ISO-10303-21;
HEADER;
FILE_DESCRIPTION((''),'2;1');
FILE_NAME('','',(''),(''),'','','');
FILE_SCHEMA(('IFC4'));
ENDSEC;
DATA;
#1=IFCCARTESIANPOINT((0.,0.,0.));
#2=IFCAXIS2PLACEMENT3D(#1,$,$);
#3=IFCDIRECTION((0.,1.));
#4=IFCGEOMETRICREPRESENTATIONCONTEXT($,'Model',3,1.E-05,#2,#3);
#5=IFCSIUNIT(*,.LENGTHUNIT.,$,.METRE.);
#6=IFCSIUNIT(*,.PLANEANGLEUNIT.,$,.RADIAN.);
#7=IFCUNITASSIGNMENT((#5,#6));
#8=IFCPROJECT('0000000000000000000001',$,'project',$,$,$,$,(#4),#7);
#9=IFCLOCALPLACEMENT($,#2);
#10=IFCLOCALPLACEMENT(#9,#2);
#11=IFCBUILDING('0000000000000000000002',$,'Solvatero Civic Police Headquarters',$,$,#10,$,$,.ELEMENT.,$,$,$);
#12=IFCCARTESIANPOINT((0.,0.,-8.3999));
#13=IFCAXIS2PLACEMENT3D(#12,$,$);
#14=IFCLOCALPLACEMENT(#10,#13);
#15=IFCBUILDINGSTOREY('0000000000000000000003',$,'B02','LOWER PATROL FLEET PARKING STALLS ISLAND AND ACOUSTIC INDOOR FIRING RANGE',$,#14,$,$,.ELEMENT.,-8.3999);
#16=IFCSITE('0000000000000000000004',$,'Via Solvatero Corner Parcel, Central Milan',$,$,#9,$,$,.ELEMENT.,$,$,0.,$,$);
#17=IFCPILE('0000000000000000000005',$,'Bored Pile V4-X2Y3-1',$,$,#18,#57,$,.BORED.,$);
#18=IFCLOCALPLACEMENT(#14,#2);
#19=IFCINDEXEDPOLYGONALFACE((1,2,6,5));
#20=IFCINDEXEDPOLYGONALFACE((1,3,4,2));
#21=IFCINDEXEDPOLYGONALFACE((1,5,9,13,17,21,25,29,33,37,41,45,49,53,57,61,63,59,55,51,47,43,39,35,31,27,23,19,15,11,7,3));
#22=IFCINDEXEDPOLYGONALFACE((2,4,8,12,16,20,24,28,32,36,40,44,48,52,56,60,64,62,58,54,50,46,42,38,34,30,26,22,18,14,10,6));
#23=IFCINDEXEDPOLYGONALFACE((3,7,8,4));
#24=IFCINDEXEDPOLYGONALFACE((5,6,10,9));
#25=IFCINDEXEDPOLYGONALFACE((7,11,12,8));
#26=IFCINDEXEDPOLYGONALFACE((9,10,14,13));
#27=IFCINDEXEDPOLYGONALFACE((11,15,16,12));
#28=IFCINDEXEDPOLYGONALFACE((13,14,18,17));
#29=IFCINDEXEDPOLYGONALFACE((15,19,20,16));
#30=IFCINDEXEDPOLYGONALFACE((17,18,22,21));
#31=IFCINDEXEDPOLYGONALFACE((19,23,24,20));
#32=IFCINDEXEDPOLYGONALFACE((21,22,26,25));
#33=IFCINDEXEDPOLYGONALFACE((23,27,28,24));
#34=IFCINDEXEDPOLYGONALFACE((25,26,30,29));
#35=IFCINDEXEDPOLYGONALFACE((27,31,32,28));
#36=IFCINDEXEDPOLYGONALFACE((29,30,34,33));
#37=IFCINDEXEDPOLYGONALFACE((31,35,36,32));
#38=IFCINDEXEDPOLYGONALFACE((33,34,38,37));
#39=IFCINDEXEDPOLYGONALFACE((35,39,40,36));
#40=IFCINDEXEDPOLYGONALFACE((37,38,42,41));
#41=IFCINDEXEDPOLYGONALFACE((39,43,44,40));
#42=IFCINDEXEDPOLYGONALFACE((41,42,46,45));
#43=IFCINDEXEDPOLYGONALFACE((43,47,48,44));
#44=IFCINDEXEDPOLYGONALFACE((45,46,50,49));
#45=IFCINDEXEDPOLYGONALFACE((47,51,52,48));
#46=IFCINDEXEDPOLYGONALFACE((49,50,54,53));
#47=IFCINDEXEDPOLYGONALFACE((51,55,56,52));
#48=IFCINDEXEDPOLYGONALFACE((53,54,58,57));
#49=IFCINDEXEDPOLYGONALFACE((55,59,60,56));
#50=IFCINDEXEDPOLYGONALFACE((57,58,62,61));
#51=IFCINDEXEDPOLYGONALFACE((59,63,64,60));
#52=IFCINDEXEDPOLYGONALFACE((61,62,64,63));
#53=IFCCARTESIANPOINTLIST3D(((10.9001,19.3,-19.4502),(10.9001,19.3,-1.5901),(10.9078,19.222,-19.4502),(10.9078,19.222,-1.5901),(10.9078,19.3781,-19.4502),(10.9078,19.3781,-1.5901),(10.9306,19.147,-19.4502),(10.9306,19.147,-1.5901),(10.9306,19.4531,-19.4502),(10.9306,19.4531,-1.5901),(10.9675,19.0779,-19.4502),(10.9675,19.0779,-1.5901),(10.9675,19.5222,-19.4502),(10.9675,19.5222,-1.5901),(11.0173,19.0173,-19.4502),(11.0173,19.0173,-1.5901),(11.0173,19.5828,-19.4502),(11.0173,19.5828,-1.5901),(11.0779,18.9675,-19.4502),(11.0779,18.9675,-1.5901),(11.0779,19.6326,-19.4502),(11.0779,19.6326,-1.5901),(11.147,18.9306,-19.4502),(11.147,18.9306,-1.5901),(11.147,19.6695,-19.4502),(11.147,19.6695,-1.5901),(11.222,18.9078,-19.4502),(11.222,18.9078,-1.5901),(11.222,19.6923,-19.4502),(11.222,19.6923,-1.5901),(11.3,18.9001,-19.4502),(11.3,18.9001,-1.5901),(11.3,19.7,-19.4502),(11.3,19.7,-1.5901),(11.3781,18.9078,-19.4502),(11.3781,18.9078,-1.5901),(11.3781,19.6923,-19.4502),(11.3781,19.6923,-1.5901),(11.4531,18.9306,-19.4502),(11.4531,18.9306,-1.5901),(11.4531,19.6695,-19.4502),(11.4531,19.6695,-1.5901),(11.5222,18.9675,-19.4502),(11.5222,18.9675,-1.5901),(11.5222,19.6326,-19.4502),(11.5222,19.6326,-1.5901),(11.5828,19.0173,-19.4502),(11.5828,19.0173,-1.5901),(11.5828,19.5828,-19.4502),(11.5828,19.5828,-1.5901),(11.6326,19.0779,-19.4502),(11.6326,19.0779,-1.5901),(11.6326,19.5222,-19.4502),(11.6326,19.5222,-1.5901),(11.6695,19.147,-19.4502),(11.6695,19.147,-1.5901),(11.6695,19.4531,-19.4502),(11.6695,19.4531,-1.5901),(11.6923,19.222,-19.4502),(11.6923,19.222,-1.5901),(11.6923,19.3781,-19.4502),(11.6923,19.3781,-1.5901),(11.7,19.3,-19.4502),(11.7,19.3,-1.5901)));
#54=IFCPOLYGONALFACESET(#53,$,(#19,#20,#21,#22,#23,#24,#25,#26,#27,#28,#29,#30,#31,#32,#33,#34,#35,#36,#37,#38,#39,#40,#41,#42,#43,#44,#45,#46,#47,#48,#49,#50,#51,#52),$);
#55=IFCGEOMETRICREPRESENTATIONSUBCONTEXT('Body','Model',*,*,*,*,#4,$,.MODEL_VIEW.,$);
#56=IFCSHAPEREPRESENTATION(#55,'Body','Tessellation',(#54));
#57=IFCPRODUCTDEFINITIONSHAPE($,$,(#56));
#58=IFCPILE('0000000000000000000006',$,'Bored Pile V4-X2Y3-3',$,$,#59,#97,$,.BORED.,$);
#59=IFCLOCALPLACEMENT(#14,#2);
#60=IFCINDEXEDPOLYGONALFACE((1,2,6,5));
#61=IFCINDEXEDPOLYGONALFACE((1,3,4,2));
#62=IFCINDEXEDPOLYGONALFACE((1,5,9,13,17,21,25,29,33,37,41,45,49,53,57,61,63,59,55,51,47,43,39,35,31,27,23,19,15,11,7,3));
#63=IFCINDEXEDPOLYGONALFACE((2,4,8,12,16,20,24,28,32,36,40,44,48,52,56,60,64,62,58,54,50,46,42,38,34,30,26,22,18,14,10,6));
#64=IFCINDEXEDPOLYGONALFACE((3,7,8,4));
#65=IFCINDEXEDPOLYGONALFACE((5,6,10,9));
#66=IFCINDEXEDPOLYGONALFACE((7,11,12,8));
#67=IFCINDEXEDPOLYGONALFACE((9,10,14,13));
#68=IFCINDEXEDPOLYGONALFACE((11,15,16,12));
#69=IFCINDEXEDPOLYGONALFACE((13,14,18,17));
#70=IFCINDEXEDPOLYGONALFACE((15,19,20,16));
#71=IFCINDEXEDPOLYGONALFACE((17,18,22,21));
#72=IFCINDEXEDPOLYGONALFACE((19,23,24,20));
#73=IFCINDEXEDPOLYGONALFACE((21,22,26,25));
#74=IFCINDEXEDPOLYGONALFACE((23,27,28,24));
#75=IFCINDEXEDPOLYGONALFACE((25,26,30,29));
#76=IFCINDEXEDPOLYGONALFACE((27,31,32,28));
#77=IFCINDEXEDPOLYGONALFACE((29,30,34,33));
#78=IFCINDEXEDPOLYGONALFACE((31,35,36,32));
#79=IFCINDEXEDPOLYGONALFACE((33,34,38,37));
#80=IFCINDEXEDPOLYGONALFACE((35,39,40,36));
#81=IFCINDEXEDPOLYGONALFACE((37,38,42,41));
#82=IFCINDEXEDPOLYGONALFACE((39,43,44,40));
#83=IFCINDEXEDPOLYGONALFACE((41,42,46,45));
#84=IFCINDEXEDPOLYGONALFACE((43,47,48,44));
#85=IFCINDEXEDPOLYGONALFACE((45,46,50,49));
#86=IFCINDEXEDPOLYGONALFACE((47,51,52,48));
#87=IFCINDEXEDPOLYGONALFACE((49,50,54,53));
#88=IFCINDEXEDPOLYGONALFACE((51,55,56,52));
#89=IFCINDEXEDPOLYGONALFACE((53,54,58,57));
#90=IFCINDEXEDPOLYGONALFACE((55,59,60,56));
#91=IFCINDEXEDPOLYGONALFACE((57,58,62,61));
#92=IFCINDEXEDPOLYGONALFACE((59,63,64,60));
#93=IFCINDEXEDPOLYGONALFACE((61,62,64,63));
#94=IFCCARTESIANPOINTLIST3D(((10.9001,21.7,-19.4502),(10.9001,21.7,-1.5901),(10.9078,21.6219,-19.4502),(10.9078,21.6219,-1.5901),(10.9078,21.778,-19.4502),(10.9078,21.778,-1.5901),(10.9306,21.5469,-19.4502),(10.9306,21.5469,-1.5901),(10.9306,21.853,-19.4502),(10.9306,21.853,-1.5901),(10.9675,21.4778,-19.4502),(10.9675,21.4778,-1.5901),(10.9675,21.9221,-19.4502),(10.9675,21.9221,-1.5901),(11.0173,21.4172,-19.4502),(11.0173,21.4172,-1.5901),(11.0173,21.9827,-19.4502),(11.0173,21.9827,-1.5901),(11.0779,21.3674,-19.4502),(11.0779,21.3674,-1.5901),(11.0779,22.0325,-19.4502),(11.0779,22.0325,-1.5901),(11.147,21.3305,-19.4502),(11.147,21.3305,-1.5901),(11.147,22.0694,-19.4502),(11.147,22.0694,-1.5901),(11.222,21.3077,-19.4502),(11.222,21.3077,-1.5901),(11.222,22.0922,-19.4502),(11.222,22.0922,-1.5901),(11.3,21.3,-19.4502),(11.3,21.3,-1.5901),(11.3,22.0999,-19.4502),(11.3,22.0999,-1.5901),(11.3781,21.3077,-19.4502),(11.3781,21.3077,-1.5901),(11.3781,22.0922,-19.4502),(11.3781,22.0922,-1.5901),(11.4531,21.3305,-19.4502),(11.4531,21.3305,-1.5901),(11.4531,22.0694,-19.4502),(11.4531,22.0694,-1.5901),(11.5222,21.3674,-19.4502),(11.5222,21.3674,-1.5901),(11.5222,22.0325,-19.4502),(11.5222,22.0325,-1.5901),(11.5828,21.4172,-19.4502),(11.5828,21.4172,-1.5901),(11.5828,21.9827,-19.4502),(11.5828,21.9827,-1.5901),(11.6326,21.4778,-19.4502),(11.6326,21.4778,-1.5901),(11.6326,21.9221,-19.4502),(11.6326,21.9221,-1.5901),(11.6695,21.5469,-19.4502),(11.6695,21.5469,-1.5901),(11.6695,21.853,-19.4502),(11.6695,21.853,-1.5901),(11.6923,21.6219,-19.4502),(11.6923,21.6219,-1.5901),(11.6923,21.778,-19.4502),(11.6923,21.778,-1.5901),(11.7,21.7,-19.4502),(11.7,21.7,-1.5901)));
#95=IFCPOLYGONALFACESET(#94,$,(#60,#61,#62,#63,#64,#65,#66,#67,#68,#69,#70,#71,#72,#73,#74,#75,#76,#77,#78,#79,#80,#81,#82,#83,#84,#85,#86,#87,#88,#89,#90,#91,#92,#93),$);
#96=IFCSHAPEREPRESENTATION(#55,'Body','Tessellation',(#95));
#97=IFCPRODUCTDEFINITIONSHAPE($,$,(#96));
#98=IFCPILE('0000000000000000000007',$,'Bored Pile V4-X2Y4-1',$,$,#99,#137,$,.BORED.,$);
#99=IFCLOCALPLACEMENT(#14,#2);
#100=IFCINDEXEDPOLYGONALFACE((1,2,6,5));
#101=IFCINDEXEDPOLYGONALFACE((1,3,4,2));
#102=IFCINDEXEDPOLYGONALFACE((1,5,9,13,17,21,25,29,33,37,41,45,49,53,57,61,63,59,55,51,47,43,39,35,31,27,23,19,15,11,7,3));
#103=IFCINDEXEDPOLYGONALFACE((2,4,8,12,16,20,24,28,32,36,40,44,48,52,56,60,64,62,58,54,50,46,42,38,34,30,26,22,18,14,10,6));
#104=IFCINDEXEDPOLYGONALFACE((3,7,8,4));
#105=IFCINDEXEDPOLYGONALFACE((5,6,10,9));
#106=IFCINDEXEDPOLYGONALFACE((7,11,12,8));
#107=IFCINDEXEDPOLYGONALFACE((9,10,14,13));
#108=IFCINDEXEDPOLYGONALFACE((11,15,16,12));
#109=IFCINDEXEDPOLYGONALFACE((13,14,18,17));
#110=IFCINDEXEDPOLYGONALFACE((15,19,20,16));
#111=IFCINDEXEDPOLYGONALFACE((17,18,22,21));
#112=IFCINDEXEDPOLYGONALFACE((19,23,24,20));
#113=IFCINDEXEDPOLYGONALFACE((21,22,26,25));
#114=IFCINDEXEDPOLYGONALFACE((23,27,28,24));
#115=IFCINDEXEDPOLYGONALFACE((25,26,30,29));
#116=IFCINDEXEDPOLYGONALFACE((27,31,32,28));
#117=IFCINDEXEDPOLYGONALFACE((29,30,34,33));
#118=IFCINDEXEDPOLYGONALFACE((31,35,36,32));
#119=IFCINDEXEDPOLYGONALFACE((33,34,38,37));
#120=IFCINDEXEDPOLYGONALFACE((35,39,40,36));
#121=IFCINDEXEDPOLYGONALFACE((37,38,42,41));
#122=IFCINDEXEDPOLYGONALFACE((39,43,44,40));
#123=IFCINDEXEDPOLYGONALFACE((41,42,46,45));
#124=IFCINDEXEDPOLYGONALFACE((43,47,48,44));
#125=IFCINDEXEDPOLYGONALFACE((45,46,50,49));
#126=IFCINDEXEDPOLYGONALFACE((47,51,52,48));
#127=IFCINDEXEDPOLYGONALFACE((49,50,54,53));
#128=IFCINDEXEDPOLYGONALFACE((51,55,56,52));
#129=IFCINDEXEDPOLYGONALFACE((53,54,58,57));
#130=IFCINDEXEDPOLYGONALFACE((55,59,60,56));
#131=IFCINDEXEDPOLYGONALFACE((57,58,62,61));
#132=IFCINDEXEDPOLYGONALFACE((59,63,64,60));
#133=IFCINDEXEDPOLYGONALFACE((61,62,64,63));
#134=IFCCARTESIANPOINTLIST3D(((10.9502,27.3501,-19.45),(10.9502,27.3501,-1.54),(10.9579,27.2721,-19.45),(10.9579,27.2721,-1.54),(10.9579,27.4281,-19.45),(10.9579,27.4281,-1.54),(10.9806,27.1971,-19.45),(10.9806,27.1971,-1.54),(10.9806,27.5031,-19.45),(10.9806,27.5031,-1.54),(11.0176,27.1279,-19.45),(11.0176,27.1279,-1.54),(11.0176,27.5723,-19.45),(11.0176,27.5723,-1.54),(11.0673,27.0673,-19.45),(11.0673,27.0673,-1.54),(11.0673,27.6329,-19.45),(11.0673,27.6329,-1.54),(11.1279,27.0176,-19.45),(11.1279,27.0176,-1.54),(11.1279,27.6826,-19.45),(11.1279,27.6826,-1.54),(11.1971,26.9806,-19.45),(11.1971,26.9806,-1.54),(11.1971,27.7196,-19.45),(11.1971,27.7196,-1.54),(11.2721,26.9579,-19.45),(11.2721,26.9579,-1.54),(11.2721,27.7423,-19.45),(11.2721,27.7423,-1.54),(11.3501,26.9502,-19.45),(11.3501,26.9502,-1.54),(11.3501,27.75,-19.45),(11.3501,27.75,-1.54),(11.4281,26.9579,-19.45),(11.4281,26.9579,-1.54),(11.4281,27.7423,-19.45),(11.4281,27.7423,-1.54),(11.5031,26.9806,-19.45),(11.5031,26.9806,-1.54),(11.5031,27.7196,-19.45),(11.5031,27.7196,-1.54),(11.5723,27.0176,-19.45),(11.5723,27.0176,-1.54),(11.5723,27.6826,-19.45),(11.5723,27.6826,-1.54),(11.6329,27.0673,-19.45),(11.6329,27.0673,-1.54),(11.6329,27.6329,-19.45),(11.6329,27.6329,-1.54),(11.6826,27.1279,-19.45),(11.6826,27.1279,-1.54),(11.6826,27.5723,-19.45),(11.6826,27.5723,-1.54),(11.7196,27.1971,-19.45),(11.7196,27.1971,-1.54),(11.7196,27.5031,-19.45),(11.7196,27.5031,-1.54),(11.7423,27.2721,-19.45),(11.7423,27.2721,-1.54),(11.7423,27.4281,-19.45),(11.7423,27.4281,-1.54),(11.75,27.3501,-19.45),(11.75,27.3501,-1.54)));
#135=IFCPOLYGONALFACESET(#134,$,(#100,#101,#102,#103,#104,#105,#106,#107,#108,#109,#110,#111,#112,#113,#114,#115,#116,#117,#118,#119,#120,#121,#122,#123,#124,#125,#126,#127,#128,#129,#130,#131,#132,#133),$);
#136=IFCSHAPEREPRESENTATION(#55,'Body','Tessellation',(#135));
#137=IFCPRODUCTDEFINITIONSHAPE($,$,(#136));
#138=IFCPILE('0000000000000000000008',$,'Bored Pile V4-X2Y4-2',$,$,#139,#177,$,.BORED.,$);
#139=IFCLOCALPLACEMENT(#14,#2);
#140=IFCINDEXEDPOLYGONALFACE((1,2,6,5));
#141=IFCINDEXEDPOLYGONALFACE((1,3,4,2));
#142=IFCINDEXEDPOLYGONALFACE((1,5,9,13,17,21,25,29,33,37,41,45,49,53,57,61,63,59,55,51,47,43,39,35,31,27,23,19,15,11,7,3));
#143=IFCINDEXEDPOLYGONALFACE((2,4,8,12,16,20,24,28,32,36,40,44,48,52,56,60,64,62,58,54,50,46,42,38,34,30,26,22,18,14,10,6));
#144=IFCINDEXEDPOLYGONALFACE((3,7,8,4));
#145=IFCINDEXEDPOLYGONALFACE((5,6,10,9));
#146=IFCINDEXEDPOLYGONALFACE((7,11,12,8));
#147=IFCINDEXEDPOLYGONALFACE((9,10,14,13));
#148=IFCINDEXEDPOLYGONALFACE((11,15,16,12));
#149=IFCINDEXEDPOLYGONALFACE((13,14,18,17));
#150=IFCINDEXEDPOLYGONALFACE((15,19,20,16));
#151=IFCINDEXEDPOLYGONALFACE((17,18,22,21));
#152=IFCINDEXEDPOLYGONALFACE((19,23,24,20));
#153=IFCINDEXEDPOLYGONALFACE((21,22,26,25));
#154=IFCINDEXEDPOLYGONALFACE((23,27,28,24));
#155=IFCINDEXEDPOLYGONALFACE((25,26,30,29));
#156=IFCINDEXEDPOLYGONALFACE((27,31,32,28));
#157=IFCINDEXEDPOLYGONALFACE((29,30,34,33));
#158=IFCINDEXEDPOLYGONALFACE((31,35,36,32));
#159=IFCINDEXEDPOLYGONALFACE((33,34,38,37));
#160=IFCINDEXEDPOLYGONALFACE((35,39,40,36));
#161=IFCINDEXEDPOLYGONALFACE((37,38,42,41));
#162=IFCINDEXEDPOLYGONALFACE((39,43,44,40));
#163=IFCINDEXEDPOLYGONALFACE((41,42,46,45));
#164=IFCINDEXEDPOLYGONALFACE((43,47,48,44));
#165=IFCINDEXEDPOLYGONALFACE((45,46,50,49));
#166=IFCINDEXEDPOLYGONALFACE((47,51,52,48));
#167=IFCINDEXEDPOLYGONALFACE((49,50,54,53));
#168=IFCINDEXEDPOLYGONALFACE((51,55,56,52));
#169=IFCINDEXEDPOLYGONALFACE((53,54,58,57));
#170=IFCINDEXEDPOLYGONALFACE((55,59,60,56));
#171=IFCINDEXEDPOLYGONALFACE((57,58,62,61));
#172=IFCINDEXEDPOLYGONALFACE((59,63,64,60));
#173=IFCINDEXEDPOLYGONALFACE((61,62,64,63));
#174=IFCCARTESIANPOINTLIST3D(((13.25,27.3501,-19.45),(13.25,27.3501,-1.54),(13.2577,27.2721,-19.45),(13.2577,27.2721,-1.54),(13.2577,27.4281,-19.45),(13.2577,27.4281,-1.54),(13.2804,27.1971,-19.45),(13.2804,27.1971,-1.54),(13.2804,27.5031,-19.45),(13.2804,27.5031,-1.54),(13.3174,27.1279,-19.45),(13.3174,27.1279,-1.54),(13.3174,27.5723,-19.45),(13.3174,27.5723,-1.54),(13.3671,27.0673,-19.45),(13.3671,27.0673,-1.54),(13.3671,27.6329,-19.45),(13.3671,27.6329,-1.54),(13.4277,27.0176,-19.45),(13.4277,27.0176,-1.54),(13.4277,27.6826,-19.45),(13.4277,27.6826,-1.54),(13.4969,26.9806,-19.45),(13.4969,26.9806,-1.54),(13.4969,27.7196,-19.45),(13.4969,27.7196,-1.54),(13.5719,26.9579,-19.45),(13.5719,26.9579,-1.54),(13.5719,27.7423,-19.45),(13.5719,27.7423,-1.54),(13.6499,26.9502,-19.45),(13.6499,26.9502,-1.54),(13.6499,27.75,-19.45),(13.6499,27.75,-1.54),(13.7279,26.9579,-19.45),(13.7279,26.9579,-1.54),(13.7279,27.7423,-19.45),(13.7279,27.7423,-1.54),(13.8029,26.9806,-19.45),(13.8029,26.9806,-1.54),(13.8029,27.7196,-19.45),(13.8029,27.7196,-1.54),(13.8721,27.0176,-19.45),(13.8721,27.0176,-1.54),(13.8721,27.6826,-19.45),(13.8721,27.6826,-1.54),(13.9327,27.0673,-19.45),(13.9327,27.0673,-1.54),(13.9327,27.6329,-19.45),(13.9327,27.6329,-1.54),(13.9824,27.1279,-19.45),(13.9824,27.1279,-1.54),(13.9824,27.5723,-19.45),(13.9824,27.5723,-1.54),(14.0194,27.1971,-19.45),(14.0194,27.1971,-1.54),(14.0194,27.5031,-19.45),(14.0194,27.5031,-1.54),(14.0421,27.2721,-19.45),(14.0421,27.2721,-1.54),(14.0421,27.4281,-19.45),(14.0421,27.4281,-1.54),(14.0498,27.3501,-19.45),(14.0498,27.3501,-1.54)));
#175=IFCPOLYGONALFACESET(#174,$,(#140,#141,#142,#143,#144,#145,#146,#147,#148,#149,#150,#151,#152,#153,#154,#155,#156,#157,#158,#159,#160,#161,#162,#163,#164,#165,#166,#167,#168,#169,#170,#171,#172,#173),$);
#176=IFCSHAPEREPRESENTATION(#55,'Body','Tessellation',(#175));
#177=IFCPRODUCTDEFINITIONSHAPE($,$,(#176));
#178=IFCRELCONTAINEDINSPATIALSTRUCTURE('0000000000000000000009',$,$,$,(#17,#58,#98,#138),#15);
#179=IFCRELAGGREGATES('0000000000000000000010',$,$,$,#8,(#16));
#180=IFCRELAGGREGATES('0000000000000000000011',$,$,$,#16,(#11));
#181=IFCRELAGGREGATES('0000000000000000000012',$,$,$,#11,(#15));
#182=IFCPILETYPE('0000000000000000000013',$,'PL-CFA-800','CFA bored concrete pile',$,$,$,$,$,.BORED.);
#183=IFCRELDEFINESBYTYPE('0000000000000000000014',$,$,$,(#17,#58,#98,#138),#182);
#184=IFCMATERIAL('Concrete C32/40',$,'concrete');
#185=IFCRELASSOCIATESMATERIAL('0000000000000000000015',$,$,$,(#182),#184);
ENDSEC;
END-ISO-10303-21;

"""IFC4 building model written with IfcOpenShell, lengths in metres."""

from ifc_helpers import new_model, si_unit, direction, frame, origin, origin_2d, place, context, subcontext, project, spatial, circle, extrude, material, material_profile, profile_set, type_object, element, save


model = new_model("IFC4")

# Units and contexts
model_context = context("Model", 3, precision=1e-05, world=origin(), true_north=direction((0.0, 1.0)))
body_context = subcontext(model_context, "Body", "Model", "MODEL_VIEW")
ifc_project = project(units=[si_unit("LENGTHUNIT", "METRE"), si_unit("PLANEANGLEUNIT", "RADIAN")], contexts=[model_context])

# Site, building, storey
site_placement = place(None, origin())
site = spatial("IfcSite", under=ifc_project, at=site_placement, Name="Via Solvatero Corner Parcel, Central Milan", CompositionType="ELEMENT", RefElevation=0.0)
building_placement = place(site_placement, origin())
building = spatial("IfcBuilding", under=site, at=building_placement, Name="Solvatero Civic Police Headquarters", CompositionType="ELEMENT")
storey_placement = place(building_placement, frame((0.0, 0.0, -8.3999)))
storey = spatial("IfcBuildingStorey", under=building, at=storey_placement, Name="B02", Description="LOWER PATROL FLEET PARKING STALLS ISLAND AND ACOUSTIC INDOOR FIRING RANGE", CompositionType="ELEMENT", Elevation=-8.3999)

# Piles
ifc_material_1 = material(Name="Concrete C32/40", Category="concrete")
ifc_material_profile_1 = material_profile(ifc_material_1, circle(Radius=0.3999, at=origin_2d()), Name="CFA PILE D800")
ifc_profile_set_1 = profile_set([ifc_material_profile_1], Name="Concrete C32/40")
pile_type_1 = type_object("IfcPileType", Name="PL-CFA-800", Description="CFA bored concrete pile", PredefinedType="BORED", material=ifc_profile_set_1)
for number, where, z_axis, x_axis, name in (
    (1, (11.3, 19.3, -1.5901), (0.0, 0.0, -1.0), (1.0, 0.0, 0.0), "Bored Pile V4-X2Y3-1"),
    (2, (11.3, 21.7, -1.5901), (0.0, 0.0, -1.0), (1.0, 0.0, 0.0), "Bored Pile V4-X2Y3-3"),
):
    element("IfcPile", number, at=place(storey_placement, frame(where, z_axis=z_axis, x_axis=x_axis)), inside=storey, type_object=pile_type_1, Name=name, PredefinedType="BORED", context=body_context, shape_type="SweptSolid", body=[
        extrude(circle(Radius=0.3999, at=origin_2d()), origin(), (0.0, 0.0, 1.0), 17.8601),
    ])
for number, where, z_axis, x_axis, name in (
    (3, (11.3501, 27.3501, -1.54), (0.0, 0.0, -1.0), (1.0, 0.0, 0.0), "Bored Pile V4-X2Y4-1"),
    (4, (13.6499, 27.3501, -1.54), (0.0, 0.0, -1.0), (1.0, 0.0, 0.0), "Bored Pile V4-X2Y4-2"),
):
    element("IfcPile", number, at=place(storey_placement, frame(where, z_axis=z_axis, x_axis=x_axis)), inside=storey, type_object=pile_type_1, Name=name, PredefinedType="BORED", context=body_context, shape_type="SweptSolid", body=[
        extrude(circle(Radius=0.3999, at=origin_2d()), origin(), (0.0, 0.0, 1.0), 17.9099),
    ])

save(model, "model.ifc")
